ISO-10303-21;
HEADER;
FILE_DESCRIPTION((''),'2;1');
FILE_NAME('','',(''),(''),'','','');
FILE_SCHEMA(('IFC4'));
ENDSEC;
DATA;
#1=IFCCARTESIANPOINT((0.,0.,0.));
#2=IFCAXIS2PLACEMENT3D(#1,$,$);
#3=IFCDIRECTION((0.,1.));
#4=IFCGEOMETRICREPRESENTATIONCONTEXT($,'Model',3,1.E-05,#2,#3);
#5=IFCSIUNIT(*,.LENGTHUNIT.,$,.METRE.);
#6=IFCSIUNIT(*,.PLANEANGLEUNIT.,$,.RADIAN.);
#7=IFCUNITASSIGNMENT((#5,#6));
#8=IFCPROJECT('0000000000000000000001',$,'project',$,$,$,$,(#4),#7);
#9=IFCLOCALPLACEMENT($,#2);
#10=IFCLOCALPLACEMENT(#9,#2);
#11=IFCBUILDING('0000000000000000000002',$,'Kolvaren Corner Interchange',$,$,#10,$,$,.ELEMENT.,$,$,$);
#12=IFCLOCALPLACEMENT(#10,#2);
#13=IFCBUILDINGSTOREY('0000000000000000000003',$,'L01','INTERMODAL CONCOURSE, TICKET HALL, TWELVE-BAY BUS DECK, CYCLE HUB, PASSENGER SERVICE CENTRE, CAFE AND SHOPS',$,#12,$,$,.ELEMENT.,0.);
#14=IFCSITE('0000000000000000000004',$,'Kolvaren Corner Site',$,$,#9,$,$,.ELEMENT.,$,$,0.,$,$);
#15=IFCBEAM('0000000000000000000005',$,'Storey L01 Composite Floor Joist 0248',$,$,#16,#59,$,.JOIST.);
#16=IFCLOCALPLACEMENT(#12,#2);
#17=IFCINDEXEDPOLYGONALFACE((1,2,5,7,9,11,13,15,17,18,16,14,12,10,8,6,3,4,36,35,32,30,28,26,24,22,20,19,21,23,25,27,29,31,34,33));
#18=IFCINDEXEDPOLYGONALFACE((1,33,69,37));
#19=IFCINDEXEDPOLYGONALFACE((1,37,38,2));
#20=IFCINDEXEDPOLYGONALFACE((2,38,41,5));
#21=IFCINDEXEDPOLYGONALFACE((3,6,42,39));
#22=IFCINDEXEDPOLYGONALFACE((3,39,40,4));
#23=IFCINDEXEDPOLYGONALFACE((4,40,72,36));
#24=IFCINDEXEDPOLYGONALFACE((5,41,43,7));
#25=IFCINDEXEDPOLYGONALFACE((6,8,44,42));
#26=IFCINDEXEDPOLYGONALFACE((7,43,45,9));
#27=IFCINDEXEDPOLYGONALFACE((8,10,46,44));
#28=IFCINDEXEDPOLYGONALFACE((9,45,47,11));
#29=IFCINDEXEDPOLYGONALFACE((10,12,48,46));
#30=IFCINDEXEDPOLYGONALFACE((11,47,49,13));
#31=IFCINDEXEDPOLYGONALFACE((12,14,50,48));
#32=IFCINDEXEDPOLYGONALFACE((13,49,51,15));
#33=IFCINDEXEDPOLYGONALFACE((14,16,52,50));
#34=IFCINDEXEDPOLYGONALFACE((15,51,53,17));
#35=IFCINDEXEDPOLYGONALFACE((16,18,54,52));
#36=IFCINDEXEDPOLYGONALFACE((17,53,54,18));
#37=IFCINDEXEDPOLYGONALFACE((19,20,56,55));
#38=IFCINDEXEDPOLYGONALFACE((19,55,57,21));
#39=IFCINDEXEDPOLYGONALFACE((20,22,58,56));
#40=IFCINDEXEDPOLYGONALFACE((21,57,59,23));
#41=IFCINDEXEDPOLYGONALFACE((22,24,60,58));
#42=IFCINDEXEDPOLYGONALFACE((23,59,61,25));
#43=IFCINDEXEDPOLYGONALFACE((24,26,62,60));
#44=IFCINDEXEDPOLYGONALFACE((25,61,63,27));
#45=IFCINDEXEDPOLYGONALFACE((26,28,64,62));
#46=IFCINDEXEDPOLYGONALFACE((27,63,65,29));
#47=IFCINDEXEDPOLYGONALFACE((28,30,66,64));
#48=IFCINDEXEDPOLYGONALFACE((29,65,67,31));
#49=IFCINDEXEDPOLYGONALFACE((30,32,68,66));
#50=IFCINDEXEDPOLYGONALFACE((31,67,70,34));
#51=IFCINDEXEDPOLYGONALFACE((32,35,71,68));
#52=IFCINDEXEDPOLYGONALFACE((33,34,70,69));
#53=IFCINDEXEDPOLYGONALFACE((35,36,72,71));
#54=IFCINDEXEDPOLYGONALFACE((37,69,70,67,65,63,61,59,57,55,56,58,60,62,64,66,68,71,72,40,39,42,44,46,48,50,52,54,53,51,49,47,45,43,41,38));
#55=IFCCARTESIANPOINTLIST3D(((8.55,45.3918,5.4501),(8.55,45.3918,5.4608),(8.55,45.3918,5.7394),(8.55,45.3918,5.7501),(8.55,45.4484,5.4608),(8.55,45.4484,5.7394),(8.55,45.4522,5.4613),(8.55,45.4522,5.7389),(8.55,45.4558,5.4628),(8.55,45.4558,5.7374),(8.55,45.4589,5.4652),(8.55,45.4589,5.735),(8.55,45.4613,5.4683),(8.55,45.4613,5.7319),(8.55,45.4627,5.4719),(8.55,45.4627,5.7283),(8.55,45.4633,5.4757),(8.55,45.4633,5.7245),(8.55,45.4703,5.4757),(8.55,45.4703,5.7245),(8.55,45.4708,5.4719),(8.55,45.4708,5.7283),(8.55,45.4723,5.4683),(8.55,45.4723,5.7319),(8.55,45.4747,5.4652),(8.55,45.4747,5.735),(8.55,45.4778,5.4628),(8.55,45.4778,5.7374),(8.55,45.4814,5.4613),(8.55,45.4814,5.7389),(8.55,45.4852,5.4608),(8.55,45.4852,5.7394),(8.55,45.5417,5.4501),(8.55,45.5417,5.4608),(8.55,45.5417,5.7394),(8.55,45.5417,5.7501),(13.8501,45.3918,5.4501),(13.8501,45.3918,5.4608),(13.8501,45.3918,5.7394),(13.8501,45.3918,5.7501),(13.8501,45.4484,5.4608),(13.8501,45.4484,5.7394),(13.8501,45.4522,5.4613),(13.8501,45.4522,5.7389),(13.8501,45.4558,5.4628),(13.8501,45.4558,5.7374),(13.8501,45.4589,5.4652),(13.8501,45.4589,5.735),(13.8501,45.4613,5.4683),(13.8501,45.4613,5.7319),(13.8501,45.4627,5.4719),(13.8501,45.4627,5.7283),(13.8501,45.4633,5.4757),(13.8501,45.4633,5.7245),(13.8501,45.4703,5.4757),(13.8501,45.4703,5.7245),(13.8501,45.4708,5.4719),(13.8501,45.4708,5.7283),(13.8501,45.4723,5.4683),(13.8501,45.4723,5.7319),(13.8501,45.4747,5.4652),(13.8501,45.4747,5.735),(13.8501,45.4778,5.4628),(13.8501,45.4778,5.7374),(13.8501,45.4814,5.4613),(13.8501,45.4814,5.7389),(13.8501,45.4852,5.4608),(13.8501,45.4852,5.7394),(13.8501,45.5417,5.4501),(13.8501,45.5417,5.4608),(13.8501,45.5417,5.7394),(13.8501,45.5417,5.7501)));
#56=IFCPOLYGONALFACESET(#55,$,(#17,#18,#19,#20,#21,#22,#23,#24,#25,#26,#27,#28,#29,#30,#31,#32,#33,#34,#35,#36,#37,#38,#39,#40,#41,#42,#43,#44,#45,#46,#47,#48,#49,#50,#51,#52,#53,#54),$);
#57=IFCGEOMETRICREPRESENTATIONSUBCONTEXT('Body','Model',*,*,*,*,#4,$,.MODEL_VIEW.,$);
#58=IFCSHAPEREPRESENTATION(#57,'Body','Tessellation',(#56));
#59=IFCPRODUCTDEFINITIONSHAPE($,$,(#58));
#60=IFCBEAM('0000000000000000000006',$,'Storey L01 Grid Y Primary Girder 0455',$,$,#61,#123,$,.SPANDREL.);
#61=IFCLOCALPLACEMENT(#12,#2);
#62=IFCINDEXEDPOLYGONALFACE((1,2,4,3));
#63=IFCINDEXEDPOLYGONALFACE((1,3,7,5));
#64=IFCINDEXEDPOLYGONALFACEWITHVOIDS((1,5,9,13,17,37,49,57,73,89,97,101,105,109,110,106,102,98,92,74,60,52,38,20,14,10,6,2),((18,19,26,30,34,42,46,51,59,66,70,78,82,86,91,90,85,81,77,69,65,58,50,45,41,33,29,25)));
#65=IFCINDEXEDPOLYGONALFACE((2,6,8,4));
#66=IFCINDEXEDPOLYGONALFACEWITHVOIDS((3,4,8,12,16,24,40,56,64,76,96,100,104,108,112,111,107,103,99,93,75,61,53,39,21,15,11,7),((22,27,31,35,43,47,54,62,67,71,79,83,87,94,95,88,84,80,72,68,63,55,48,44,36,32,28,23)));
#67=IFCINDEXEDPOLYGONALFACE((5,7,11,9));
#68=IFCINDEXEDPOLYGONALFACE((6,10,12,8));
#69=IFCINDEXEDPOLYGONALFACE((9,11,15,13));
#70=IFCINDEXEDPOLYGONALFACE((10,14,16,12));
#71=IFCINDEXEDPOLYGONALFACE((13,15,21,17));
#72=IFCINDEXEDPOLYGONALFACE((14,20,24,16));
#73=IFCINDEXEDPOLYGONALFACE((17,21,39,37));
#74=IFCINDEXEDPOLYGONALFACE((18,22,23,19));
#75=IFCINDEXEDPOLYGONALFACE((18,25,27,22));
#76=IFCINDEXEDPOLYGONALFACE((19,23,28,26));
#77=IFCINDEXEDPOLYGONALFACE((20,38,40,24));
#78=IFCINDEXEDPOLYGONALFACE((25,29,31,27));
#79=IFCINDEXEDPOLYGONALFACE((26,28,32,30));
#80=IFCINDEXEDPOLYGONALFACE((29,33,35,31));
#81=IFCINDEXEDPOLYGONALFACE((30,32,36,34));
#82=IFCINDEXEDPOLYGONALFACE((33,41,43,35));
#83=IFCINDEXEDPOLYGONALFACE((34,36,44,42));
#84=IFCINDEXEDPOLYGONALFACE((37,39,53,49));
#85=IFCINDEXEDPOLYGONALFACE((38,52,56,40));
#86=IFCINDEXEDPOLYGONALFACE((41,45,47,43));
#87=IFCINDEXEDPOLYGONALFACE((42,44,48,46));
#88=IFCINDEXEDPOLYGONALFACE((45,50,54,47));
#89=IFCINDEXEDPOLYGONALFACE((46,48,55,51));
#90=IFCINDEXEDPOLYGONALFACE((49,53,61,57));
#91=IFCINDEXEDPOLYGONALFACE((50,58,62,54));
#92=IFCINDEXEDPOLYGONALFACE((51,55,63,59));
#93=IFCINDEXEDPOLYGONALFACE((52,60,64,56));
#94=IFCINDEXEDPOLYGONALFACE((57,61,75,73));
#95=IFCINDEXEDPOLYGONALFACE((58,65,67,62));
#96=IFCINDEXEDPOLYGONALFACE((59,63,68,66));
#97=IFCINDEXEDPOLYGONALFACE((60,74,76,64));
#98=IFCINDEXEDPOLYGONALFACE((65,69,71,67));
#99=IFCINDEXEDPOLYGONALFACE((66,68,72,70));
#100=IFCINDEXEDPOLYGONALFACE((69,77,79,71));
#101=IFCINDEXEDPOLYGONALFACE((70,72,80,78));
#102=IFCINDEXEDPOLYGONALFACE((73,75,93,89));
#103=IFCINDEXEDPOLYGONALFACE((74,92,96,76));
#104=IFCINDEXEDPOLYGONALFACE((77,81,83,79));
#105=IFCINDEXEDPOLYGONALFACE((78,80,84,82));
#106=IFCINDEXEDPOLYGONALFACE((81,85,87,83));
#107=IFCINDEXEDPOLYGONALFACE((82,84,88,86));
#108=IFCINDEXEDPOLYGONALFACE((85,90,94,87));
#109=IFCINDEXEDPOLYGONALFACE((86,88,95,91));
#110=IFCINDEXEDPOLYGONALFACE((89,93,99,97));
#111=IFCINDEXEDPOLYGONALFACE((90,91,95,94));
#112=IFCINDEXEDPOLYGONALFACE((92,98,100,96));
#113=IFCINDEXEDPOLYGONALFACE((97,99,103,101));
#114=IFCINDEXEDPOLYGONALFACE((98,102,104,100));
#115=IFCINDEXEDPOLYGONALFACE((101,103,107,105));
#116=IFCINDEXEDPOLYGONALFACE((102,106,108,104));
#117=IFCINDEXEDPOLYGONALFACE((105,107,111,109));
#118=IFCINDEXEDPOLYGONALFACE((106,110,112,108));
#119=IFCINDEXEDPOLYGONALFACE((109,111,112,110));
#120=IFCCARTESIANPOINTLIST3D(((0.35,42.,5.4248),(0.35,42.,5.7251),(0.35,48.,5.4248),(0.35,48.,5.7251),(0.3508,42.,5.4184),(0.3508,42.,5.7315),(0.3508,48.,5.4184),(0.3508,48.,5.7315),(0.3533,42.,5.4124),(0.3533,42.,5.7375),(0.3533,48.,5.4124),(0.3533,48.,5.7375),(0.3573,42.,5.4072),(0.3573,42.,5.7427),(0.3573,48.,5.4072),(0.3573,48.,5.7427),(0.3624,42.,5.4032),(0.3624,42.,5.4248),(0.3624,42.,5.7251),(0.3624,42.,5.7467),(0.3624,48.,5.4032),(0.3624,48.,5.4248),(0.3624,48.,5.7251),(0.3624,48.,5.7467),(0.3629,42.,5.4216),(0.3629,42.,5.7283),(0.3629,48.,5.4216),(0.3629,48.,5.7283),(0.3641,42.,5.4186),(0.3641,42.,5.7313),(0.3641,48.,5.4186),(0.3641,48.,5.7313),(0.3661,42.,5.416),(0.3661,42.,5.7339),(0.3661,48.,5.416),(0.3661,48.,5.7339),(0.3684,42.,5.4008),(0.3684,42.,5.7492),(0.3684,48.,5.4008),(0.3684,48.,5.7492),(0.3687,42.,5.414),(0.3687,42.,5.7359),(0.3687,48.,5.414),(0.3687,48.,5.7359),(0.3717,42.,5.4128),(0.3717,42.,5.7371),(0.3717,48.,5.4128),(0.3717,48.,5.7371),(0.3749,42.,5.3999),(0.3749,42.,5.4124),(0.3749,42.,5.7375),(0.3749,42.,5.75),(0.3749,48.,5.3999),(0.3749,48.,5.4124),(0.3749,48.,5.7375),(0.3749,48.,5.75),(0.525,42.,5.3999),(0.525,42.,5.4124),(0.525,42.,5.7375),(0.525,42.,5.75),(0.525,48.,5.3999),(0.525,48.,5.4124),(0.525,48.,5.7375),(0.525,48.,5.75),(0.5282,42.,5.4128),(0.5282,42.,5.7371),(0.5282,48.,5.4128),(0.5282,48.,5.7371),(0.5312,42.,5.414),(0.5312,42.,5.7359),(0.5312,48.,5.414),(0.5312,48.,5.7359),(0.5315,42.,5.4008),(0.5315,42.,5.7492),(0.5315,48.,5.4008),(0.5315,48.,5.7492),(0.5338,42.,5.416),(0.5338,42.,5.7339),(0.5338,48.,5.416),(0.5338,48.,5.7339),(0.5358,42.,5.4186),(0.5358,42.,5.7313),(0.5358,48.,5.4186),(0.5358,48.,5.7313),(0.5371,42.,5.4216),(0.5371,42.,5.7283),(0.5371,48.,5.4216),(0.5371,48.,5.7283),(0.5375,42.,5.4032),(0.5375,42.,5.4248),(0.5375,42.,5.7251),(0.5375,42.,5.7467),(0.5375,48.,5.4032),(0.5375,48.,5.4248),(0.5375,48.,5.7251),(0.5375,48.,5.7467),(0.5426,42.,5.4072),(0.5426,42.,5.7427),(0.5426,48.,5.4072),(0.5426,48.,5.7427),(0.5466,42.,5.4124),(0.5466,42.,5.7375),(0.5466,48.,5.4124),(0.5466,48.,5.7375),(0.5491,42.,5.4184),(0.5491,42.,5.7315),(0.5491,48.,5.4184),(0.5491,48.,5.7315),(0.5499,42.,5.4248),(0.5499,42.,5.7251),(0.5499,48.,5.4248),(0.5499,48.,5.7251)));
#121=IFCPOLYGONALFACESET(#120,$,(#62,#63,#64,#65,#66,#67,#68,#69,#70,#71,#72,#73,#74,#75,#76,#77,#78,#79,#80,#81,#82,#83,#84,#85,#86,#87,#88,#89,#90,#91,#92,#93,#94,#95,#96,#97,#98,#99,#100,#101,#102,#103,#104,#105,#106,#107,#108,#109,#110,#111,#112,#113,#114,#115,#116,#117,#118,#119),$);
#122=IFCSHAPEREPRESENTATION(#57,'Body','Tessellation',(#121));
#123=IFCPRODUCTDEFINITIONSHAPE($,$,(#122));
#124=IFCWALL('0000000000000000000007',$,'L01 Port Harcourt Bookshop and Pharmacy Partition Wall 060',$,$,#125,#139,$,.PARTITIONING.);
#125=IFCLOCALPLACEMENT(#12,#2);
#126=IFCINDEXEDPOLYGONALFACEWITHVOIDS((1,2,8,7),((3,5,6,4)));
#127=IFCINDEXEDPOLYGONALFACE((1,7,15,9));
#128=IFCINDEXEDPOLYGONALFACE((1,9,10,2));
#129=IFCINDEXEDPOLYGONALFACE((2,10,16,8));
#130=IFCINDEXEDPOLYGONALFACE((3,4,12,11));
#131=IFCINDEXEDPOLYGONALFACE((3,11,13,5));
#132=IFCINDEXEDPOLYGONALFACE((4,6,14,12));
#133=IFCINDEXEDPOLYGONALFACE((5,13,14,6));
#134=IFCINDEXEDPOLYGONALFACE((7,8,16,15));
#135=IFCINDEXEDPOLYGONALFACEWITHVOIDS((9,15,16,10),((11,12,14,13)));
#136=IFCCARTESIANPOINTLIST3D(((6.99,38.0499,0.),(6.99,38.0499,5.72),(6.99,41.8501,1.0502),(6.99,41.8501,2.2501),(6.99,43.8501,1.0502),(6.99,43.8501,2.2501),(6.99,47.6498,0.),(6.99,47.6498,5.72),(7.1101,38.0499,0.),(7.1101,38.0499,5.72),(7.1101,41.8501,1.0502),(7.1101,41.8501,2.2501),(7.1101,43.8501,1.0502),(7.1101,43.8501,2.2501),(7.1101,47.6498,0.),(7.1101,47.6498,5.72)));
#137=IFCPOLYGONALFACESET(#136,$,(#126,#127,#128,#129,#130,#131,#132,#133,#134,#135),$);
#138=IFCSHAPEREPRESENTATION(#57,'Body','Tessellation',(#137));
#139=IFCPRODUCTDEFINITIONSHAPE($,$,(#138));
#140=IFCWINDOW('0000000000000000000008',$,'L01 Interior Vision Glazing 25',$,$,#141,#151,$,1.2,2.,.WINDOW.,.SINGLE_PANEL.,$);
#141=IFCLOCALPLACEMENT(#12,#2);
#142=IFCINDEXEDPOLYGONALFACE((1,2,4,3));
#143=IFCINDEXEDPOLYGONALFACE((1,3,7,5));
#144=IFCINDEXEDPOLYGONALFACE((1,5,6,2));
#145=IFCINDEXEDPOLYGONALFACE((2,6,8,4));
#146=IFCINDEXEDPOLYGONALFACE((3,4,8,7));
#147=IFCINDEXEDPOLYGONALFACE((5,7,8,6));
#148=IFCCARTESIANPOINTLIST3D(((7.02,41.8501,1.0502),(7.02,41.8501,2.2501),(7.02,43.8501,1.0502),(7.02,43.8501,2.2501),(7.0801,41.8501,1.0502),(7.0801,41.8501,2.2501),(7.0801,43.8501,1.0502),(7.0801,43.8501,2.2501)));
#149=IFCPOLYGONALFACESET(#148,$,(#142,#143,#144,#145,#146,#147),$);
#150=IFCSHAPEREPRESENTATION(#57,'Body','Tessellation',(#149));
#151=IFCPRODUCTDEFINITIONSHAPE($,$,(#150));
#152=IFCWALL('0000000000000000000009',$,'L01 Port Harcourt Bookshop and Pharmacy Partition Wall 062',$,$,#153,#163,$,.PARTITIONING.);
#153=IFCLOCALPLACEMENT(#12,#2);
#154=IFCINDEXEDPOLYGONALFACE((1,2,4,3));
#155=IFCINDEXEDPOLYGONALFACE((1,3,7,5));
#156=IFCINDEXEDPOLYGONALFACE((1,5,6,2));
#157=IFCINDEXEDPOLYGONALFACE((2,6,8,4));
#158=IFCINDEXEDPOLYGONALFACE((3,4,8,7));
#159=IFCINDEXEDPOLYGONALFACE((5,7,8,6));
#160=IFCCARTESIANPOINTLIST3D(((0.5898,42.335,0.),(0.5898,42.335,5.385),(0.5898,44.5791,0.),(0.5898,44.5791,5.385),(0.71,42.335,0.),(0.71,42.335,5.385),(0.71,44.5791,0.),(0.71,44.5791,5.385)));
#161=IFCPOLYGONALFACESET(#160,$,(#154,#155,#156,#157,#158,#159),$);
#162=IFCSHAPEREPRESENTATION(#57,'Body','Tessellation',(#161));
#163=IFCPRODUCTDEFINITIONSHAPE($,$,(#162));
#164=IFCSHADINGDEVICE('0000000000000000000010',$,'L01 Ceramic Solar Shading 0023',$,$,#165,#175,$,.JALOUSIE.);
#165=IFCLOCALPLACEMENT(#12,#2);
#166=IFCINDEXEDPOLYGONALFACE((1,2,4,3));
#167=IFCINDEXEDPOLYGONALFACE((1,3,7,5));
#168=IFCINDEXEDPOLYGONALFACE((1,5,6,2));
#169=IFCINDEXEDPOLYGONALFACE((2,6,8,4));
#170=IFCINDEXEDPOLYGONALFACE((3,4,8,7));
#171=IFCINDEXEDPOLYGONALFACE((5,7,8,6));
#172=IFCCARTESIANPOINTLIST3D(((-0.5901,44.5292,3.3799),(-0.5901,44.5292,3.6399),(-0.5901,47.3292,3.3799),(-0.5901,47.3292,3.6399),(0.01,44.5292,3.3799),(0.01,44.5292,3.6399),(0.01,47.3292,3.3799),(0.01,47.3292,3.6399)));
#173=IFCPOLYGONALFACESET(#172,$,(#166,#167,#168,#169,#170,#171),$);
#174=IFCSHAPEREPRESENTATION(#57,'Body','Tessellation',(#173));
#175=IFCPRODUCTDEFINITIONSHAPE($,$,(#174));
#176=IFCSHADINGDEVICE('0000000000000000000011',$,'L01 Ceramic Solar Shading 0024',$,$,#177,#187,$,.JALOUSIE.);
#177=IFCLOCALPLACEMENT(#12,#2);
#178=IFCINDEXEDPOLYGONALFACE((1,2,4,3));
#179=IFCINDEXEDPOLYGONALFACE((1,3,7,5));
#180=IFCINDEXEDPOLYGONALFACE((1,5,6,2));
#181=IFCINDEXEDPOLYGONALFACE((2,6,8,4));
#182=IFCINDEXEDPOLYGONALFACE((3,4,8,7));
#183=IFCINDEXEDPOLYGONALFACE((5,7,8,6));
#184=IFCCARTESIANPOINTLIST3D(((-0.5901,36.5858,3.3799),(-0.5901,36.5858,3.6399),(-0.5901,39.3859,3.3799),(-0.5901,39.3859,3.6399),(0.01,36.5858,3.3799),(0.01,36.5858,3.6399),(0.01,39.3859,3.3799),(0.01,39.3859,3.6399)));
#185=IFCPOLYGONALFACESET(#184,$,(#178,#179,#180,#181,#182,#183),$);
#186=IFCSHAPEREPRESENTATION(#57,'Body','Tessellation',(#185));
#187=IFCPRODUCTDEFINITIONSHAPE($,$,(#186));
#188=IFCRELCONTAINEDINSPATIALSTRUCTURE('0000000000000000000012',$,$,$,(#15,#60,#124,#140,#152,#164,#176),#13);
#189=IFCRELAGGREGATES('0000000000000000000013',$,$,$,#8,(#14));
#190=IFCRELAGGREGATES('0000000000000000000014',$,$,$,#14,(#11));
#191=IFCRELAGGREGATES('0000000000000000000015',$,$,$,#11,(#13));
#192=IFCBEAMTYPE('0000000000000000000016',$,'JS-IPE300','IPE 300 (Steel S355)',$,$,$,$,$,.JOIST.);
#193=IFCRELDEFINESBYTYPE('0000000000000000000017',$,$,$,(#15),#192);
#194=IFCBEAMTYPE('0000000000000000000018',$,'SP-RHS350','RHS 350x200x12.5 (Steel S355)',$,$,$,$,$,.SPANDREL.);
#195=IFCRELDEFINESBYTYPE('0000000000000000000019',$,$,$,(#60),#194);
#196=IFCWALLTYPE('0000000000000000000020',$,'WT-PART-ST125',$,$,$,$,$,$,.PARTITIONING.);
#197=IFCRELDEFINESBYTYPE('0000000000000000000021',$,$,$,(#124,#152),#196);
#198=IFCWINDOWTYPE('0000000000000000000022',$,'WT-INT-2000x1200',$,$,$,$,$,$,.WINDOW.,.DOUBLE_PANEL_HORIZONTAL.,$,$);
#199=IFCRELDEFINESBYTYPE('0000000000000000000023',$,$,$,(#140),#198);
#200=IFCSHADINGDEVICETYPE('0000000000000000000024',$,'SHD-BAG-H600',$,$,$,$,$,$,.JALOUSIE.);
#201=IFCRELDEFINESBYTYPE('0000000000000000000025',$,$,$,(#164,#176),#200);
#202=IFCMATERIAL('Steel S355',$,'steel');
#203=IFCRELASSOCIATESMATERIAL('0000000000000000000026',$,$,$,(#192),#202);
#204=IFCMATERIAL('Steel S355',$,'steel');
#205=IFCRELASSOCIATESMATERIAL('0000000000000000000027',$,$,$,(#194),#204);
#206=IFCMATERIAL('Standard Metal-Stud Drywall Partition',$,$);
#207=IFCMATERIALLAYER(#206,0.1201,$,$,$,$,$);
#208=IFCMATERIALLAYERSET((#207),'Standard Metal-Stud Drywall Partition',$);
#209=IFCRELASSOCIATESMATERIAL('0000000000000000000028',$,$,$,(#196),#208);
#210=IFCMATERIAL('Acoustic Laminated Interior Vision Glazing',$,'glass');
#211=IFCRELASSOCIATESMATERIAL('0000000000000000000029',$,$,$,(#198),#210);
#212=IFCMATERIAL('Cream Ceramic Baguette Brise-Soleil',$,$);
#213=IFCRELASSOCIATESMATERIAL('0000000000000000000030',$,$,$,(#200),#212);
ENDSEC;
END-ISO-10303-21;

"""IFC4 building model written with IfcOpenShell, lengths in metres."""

from ifc_helpers import new_model, si_unit, direction, frame, frame_2d, origin, origin_2d, place, context, subcontext, project, spatial, rectangle, hollow_rectangle, i_section, extrude, material, layer, layer_set, material_profile, profile_set, type_object, element, fill, save


model = new_model("IFC4")

# Units and contexts
model_context = context("Model", 3, precision=1e-05, world=origin(), true_north=direction((0.0, 1.0)))
body_context = subcontext(model_context, "Body", "Model", "MODEL_VIEW")
ifc_project = project(units=[si_unit("LENGTHUNIT", "METRE"), si_unit("PLANEANGLEUNIT", "RADIAN")], contexts=[model_context])

# Site, building, storey
site_placement = place(None, origin())
site = spatial("IfcSite", under=ifc_project, at=site_placement, Name="Kolvaren Corner Site", CompositionType="ELEMENT", RefElevation=0.0)
building_placement = place(site_placement, origin())
building = spatial("IfcBuilding", under=site, at=building_placement, Name="Kolvaren Corner Interchange", CompositionType="ELEMENT")
storey_placement = place(building_placement, origin())
storey = spatial("IfcBuildingStorey", under=building, at=storey_placement, Name="L01", Description="INTERMODAL CONCOURSE, TICKET HALL, TWELVE-BAY BUS DECK, CYCLE HUB, PASSENGER SERVICE CENTRE, CAFE AND SHOPS", CompositionType="ELEMENT", Elevation=0.0)

# Beams
ifc_material_1 = material(Name="Steel S355", Category="steel")
ifc_material_profile_1 = material_profile(ifc_material_1, i_section(OverallWidth=0.1499, OverallDepth=0.3, WebThickness=0.0071, FlangeThickness=0.0107, FilletRadius=0.0149, at=origin_2d()), Name="IPE 300")
ifc_profile_set_1 = profile_set([ifc_material_profile_1], Name="Steel S355")
beam_type_1 = type_object("IfcBeamType", Name="JS-IPE300", Description="IPE 300 (Steel S355)", PredefinedType="JOIST", material=ifc_profile_set_1)
for number, where, z_axis, x_axis, name in (
    (1, (8.55, 45.4668, 5.6001), (1.0, 0.0, 0.0), (0.0, 1.0, 0.0), "Storey L01 Composite Floor Joist 0248"),
):
    element("IfcBeam", number, at=place(storey_placement, frame(where, z_axis=z_axis, x_axis=x_axis)), inside=storey, type_object=beam_type_1, Name=name, PredefinedType="JOIST", context=body_context, shape_type="SweptSolid", body=[
        extrude(i_section(OverallWidth=0.1499, OverallDepth=0.3, WebThickness=0.0071, FlangeThickness=0.0107, FilletRadius=0.0149, at=origin_2d()), origin(), (0.0, 0.0, 1.0), 5.3),
    ])
ifc_material_2 = material(Name="Steel S355", Category="steel")
ifc_material_profile_2 = material_profile(ifc_material_2, hollow_rectangle(XDim=0.2, YDim=0.3501, WallThickness=0.0125, InnerFilletRadius=0.0125, OuterFilletRadius=0.0249, at=origin_2d()), Name="RHS 350x200x12.5")
ifc_profile_set_2 = profile_set([ifc_material_profile_2], Name="Steel S355")
beam_type_2 = type_object("IfcBeamType", Name="SP-RHS350", Description="RHS 350x200x12.5 (Steel S355)", PredefinedType="SPANDREL", material=ifc_profile_set_2)
beam_1_placement = place(storey_placement, frame((0.45, 42.0, 5.575), z_axis=(0.0, 1.0, 0.0), x_axis=(-1.0, 0.0, 0.0)))
element("IfcBeam", 2, at=beam_1_placement, inside=storey, type_object=beam_type_2, Name="Storey L01 Grid Y Primary Girder 0455", PredefinedType="SPANDREL", context=body_context, shape_type="SweptSolid", body=[
    extrude(hollow_rectangle(XDim=0.2, YDim=0.3501, WallThickness=0.0125, InnerFilletRadius=0.0125, OuterFilletRadius=0.0249, at=origin_2d()), origin(), (0.0, 0.0, 1.0), 6.0),
])

# Wall, opening, window
ifc_material_3 = material(Name="Standard Metal-Stud Drywall Partition")
ifc_layer = layer(ifc_material_3, 0.1201)
ifc_layer_set = layer_set([ifc_layer], Name="Standard Metal-Stud Drywall Partition")
wall_type = type_object("IfcWallType", Name="WT-PART-ST125", PredefinedType="PARTITIONING", material=ifc_layer_set)
wall_1_placement = place(storey_placement, frame((7.05, 38.05, 0.0), z_axis=(0.0, 0.0, 1.0), x_axis=(0.0, 1.0, 0.0)))
wall_1 = element("IfcWall", 3, at=wall_1_placement, inside=storey, type_object=wall_type, Name="L01 Port Harcourt Bookshop and Pharmacy Partition Wall 060", PredefinedType="PARTITIONING", context=body_context, shape_type="SweptSolid", body=[
    extrude(rectangle(XDim=9.5999, YDim=0.1201, at=frame_2d((4.7998, 0.0))), origin(), (0.0, 0.0, 1.0), 5.72),
])
opening_placement = place(wall_1_placement, frame((3.8, 0.0, 1.05)))
opening = element("IfcOpeningElement", 4, at=opening_placement, cuts=wall_1, PredefinedType="OPENING", context=body_context, shape_type="SweptSolid", body=[
    extrude(rectangle(XDim=2.0, YDim=1.2, at=frame_2d((1.0, 0.6001))), frame((0.0, 0.0701, 0.0), z_axis=(0.0, -1.0, 0.0), x_axis=(1.0, 0.0, 0.0)), (0.0, 0.0, 1.0), 0.1401),
])
ifc_material_4 = material(Name="Acoustic Laminated Interior Vision Glazing", Category="glass")
window_type = type_object("IfcWindowType", Name="WT-INT-2000x1200", PartitioningType="DOUBLE_PANEL_HORIZONTAL", PredefinedType="WINDOW", material=ifc_material_4)
window_placement = place(opening_placement, origin())
window = element("IfcWindow", 5, at=window_placement, inside=storey, type_object=window_type, Name="L01 Interior Vision Glazing 25", OverallHeight=1.2, OverallWidth=2.0, PartitioningType="SINGLE_PANEL", PredefinedType="WINDOW", context=body_context, shape_type="SweptSolid", body=[
    extrude(rectangle(XDim=2.0, YDim=1.2, at=frame_2d((1.0, 0.6001))), frame((0.0, 0.03, 0.0), z_axis=(0.0, -1.0, 0.0), x_axis=(1.0, 0.0, 0.0)), (0.0, 0.0, 1.0), 0.0601),
])
fill(opening, window)

# Wall
wall_2_placement = place(storey_placement, frame((0.6499, 44.5791, 0.0), z_axis=(0.0, 0.0, 1.0), x_axis=(0.0, -1.0, 0.0)))
element("IfcWall", 6, at=wall_2_placement, inside=storey, type_object=wall_type, Name="L01 Port Harcourt Bookshop and Pharmacy Partition Wall 062", PredefinedType="PARTITIONING", context=body_context, shape_type="SweptSolid", body=[
    extrude(rectangle(XDim=2.2441, YDim=0.1201, at=frame_2d((1.1221, 0.0))), origin(), (0.0, 0.0, 1.0), 5.385),
])

# Shading devices
ifc_material_5 = material(Name="Cream Ceramic Baguette Brise-Soleil")
shading_device_type = type_object("IfcShadingDeviceType", Name="SHD-BAG-H600", PredefinedType="JALOUSIE", material=ifc_material_5)
for number, where, z_axis, x_axis, name in (
    (7, (-0.29, 45.9292, 3.3799), (0.0, 0.0, 1.0), (0.0, -1.0, 0.0), "L01 Ceramic Solar Shading 0023"),
    (8, (-0.29, 37.9858, 3.3799), (0.0, 0.0, 1.0), (0.0, -1.0, 0.0), "L01 Ceramic Solar Shading 0024"),
):
    element("IfcShadingDevice", number, at=place(storey_placement, frame(where, z_axis=z_axis, x_axis=x_axis)), inside=storey, type_object=shading_device_type, Name=name, PredefinedType="JALOUSIE", context=body_context, shape_type="SweptSolid", body=[
        extrude(rectangle(XDim=2.8, YDim=0.6001, at=origin_2d()), origin(), (0.0, 0.0, 1.0), 0.26),
    ])

save(model, "model.ifc")
